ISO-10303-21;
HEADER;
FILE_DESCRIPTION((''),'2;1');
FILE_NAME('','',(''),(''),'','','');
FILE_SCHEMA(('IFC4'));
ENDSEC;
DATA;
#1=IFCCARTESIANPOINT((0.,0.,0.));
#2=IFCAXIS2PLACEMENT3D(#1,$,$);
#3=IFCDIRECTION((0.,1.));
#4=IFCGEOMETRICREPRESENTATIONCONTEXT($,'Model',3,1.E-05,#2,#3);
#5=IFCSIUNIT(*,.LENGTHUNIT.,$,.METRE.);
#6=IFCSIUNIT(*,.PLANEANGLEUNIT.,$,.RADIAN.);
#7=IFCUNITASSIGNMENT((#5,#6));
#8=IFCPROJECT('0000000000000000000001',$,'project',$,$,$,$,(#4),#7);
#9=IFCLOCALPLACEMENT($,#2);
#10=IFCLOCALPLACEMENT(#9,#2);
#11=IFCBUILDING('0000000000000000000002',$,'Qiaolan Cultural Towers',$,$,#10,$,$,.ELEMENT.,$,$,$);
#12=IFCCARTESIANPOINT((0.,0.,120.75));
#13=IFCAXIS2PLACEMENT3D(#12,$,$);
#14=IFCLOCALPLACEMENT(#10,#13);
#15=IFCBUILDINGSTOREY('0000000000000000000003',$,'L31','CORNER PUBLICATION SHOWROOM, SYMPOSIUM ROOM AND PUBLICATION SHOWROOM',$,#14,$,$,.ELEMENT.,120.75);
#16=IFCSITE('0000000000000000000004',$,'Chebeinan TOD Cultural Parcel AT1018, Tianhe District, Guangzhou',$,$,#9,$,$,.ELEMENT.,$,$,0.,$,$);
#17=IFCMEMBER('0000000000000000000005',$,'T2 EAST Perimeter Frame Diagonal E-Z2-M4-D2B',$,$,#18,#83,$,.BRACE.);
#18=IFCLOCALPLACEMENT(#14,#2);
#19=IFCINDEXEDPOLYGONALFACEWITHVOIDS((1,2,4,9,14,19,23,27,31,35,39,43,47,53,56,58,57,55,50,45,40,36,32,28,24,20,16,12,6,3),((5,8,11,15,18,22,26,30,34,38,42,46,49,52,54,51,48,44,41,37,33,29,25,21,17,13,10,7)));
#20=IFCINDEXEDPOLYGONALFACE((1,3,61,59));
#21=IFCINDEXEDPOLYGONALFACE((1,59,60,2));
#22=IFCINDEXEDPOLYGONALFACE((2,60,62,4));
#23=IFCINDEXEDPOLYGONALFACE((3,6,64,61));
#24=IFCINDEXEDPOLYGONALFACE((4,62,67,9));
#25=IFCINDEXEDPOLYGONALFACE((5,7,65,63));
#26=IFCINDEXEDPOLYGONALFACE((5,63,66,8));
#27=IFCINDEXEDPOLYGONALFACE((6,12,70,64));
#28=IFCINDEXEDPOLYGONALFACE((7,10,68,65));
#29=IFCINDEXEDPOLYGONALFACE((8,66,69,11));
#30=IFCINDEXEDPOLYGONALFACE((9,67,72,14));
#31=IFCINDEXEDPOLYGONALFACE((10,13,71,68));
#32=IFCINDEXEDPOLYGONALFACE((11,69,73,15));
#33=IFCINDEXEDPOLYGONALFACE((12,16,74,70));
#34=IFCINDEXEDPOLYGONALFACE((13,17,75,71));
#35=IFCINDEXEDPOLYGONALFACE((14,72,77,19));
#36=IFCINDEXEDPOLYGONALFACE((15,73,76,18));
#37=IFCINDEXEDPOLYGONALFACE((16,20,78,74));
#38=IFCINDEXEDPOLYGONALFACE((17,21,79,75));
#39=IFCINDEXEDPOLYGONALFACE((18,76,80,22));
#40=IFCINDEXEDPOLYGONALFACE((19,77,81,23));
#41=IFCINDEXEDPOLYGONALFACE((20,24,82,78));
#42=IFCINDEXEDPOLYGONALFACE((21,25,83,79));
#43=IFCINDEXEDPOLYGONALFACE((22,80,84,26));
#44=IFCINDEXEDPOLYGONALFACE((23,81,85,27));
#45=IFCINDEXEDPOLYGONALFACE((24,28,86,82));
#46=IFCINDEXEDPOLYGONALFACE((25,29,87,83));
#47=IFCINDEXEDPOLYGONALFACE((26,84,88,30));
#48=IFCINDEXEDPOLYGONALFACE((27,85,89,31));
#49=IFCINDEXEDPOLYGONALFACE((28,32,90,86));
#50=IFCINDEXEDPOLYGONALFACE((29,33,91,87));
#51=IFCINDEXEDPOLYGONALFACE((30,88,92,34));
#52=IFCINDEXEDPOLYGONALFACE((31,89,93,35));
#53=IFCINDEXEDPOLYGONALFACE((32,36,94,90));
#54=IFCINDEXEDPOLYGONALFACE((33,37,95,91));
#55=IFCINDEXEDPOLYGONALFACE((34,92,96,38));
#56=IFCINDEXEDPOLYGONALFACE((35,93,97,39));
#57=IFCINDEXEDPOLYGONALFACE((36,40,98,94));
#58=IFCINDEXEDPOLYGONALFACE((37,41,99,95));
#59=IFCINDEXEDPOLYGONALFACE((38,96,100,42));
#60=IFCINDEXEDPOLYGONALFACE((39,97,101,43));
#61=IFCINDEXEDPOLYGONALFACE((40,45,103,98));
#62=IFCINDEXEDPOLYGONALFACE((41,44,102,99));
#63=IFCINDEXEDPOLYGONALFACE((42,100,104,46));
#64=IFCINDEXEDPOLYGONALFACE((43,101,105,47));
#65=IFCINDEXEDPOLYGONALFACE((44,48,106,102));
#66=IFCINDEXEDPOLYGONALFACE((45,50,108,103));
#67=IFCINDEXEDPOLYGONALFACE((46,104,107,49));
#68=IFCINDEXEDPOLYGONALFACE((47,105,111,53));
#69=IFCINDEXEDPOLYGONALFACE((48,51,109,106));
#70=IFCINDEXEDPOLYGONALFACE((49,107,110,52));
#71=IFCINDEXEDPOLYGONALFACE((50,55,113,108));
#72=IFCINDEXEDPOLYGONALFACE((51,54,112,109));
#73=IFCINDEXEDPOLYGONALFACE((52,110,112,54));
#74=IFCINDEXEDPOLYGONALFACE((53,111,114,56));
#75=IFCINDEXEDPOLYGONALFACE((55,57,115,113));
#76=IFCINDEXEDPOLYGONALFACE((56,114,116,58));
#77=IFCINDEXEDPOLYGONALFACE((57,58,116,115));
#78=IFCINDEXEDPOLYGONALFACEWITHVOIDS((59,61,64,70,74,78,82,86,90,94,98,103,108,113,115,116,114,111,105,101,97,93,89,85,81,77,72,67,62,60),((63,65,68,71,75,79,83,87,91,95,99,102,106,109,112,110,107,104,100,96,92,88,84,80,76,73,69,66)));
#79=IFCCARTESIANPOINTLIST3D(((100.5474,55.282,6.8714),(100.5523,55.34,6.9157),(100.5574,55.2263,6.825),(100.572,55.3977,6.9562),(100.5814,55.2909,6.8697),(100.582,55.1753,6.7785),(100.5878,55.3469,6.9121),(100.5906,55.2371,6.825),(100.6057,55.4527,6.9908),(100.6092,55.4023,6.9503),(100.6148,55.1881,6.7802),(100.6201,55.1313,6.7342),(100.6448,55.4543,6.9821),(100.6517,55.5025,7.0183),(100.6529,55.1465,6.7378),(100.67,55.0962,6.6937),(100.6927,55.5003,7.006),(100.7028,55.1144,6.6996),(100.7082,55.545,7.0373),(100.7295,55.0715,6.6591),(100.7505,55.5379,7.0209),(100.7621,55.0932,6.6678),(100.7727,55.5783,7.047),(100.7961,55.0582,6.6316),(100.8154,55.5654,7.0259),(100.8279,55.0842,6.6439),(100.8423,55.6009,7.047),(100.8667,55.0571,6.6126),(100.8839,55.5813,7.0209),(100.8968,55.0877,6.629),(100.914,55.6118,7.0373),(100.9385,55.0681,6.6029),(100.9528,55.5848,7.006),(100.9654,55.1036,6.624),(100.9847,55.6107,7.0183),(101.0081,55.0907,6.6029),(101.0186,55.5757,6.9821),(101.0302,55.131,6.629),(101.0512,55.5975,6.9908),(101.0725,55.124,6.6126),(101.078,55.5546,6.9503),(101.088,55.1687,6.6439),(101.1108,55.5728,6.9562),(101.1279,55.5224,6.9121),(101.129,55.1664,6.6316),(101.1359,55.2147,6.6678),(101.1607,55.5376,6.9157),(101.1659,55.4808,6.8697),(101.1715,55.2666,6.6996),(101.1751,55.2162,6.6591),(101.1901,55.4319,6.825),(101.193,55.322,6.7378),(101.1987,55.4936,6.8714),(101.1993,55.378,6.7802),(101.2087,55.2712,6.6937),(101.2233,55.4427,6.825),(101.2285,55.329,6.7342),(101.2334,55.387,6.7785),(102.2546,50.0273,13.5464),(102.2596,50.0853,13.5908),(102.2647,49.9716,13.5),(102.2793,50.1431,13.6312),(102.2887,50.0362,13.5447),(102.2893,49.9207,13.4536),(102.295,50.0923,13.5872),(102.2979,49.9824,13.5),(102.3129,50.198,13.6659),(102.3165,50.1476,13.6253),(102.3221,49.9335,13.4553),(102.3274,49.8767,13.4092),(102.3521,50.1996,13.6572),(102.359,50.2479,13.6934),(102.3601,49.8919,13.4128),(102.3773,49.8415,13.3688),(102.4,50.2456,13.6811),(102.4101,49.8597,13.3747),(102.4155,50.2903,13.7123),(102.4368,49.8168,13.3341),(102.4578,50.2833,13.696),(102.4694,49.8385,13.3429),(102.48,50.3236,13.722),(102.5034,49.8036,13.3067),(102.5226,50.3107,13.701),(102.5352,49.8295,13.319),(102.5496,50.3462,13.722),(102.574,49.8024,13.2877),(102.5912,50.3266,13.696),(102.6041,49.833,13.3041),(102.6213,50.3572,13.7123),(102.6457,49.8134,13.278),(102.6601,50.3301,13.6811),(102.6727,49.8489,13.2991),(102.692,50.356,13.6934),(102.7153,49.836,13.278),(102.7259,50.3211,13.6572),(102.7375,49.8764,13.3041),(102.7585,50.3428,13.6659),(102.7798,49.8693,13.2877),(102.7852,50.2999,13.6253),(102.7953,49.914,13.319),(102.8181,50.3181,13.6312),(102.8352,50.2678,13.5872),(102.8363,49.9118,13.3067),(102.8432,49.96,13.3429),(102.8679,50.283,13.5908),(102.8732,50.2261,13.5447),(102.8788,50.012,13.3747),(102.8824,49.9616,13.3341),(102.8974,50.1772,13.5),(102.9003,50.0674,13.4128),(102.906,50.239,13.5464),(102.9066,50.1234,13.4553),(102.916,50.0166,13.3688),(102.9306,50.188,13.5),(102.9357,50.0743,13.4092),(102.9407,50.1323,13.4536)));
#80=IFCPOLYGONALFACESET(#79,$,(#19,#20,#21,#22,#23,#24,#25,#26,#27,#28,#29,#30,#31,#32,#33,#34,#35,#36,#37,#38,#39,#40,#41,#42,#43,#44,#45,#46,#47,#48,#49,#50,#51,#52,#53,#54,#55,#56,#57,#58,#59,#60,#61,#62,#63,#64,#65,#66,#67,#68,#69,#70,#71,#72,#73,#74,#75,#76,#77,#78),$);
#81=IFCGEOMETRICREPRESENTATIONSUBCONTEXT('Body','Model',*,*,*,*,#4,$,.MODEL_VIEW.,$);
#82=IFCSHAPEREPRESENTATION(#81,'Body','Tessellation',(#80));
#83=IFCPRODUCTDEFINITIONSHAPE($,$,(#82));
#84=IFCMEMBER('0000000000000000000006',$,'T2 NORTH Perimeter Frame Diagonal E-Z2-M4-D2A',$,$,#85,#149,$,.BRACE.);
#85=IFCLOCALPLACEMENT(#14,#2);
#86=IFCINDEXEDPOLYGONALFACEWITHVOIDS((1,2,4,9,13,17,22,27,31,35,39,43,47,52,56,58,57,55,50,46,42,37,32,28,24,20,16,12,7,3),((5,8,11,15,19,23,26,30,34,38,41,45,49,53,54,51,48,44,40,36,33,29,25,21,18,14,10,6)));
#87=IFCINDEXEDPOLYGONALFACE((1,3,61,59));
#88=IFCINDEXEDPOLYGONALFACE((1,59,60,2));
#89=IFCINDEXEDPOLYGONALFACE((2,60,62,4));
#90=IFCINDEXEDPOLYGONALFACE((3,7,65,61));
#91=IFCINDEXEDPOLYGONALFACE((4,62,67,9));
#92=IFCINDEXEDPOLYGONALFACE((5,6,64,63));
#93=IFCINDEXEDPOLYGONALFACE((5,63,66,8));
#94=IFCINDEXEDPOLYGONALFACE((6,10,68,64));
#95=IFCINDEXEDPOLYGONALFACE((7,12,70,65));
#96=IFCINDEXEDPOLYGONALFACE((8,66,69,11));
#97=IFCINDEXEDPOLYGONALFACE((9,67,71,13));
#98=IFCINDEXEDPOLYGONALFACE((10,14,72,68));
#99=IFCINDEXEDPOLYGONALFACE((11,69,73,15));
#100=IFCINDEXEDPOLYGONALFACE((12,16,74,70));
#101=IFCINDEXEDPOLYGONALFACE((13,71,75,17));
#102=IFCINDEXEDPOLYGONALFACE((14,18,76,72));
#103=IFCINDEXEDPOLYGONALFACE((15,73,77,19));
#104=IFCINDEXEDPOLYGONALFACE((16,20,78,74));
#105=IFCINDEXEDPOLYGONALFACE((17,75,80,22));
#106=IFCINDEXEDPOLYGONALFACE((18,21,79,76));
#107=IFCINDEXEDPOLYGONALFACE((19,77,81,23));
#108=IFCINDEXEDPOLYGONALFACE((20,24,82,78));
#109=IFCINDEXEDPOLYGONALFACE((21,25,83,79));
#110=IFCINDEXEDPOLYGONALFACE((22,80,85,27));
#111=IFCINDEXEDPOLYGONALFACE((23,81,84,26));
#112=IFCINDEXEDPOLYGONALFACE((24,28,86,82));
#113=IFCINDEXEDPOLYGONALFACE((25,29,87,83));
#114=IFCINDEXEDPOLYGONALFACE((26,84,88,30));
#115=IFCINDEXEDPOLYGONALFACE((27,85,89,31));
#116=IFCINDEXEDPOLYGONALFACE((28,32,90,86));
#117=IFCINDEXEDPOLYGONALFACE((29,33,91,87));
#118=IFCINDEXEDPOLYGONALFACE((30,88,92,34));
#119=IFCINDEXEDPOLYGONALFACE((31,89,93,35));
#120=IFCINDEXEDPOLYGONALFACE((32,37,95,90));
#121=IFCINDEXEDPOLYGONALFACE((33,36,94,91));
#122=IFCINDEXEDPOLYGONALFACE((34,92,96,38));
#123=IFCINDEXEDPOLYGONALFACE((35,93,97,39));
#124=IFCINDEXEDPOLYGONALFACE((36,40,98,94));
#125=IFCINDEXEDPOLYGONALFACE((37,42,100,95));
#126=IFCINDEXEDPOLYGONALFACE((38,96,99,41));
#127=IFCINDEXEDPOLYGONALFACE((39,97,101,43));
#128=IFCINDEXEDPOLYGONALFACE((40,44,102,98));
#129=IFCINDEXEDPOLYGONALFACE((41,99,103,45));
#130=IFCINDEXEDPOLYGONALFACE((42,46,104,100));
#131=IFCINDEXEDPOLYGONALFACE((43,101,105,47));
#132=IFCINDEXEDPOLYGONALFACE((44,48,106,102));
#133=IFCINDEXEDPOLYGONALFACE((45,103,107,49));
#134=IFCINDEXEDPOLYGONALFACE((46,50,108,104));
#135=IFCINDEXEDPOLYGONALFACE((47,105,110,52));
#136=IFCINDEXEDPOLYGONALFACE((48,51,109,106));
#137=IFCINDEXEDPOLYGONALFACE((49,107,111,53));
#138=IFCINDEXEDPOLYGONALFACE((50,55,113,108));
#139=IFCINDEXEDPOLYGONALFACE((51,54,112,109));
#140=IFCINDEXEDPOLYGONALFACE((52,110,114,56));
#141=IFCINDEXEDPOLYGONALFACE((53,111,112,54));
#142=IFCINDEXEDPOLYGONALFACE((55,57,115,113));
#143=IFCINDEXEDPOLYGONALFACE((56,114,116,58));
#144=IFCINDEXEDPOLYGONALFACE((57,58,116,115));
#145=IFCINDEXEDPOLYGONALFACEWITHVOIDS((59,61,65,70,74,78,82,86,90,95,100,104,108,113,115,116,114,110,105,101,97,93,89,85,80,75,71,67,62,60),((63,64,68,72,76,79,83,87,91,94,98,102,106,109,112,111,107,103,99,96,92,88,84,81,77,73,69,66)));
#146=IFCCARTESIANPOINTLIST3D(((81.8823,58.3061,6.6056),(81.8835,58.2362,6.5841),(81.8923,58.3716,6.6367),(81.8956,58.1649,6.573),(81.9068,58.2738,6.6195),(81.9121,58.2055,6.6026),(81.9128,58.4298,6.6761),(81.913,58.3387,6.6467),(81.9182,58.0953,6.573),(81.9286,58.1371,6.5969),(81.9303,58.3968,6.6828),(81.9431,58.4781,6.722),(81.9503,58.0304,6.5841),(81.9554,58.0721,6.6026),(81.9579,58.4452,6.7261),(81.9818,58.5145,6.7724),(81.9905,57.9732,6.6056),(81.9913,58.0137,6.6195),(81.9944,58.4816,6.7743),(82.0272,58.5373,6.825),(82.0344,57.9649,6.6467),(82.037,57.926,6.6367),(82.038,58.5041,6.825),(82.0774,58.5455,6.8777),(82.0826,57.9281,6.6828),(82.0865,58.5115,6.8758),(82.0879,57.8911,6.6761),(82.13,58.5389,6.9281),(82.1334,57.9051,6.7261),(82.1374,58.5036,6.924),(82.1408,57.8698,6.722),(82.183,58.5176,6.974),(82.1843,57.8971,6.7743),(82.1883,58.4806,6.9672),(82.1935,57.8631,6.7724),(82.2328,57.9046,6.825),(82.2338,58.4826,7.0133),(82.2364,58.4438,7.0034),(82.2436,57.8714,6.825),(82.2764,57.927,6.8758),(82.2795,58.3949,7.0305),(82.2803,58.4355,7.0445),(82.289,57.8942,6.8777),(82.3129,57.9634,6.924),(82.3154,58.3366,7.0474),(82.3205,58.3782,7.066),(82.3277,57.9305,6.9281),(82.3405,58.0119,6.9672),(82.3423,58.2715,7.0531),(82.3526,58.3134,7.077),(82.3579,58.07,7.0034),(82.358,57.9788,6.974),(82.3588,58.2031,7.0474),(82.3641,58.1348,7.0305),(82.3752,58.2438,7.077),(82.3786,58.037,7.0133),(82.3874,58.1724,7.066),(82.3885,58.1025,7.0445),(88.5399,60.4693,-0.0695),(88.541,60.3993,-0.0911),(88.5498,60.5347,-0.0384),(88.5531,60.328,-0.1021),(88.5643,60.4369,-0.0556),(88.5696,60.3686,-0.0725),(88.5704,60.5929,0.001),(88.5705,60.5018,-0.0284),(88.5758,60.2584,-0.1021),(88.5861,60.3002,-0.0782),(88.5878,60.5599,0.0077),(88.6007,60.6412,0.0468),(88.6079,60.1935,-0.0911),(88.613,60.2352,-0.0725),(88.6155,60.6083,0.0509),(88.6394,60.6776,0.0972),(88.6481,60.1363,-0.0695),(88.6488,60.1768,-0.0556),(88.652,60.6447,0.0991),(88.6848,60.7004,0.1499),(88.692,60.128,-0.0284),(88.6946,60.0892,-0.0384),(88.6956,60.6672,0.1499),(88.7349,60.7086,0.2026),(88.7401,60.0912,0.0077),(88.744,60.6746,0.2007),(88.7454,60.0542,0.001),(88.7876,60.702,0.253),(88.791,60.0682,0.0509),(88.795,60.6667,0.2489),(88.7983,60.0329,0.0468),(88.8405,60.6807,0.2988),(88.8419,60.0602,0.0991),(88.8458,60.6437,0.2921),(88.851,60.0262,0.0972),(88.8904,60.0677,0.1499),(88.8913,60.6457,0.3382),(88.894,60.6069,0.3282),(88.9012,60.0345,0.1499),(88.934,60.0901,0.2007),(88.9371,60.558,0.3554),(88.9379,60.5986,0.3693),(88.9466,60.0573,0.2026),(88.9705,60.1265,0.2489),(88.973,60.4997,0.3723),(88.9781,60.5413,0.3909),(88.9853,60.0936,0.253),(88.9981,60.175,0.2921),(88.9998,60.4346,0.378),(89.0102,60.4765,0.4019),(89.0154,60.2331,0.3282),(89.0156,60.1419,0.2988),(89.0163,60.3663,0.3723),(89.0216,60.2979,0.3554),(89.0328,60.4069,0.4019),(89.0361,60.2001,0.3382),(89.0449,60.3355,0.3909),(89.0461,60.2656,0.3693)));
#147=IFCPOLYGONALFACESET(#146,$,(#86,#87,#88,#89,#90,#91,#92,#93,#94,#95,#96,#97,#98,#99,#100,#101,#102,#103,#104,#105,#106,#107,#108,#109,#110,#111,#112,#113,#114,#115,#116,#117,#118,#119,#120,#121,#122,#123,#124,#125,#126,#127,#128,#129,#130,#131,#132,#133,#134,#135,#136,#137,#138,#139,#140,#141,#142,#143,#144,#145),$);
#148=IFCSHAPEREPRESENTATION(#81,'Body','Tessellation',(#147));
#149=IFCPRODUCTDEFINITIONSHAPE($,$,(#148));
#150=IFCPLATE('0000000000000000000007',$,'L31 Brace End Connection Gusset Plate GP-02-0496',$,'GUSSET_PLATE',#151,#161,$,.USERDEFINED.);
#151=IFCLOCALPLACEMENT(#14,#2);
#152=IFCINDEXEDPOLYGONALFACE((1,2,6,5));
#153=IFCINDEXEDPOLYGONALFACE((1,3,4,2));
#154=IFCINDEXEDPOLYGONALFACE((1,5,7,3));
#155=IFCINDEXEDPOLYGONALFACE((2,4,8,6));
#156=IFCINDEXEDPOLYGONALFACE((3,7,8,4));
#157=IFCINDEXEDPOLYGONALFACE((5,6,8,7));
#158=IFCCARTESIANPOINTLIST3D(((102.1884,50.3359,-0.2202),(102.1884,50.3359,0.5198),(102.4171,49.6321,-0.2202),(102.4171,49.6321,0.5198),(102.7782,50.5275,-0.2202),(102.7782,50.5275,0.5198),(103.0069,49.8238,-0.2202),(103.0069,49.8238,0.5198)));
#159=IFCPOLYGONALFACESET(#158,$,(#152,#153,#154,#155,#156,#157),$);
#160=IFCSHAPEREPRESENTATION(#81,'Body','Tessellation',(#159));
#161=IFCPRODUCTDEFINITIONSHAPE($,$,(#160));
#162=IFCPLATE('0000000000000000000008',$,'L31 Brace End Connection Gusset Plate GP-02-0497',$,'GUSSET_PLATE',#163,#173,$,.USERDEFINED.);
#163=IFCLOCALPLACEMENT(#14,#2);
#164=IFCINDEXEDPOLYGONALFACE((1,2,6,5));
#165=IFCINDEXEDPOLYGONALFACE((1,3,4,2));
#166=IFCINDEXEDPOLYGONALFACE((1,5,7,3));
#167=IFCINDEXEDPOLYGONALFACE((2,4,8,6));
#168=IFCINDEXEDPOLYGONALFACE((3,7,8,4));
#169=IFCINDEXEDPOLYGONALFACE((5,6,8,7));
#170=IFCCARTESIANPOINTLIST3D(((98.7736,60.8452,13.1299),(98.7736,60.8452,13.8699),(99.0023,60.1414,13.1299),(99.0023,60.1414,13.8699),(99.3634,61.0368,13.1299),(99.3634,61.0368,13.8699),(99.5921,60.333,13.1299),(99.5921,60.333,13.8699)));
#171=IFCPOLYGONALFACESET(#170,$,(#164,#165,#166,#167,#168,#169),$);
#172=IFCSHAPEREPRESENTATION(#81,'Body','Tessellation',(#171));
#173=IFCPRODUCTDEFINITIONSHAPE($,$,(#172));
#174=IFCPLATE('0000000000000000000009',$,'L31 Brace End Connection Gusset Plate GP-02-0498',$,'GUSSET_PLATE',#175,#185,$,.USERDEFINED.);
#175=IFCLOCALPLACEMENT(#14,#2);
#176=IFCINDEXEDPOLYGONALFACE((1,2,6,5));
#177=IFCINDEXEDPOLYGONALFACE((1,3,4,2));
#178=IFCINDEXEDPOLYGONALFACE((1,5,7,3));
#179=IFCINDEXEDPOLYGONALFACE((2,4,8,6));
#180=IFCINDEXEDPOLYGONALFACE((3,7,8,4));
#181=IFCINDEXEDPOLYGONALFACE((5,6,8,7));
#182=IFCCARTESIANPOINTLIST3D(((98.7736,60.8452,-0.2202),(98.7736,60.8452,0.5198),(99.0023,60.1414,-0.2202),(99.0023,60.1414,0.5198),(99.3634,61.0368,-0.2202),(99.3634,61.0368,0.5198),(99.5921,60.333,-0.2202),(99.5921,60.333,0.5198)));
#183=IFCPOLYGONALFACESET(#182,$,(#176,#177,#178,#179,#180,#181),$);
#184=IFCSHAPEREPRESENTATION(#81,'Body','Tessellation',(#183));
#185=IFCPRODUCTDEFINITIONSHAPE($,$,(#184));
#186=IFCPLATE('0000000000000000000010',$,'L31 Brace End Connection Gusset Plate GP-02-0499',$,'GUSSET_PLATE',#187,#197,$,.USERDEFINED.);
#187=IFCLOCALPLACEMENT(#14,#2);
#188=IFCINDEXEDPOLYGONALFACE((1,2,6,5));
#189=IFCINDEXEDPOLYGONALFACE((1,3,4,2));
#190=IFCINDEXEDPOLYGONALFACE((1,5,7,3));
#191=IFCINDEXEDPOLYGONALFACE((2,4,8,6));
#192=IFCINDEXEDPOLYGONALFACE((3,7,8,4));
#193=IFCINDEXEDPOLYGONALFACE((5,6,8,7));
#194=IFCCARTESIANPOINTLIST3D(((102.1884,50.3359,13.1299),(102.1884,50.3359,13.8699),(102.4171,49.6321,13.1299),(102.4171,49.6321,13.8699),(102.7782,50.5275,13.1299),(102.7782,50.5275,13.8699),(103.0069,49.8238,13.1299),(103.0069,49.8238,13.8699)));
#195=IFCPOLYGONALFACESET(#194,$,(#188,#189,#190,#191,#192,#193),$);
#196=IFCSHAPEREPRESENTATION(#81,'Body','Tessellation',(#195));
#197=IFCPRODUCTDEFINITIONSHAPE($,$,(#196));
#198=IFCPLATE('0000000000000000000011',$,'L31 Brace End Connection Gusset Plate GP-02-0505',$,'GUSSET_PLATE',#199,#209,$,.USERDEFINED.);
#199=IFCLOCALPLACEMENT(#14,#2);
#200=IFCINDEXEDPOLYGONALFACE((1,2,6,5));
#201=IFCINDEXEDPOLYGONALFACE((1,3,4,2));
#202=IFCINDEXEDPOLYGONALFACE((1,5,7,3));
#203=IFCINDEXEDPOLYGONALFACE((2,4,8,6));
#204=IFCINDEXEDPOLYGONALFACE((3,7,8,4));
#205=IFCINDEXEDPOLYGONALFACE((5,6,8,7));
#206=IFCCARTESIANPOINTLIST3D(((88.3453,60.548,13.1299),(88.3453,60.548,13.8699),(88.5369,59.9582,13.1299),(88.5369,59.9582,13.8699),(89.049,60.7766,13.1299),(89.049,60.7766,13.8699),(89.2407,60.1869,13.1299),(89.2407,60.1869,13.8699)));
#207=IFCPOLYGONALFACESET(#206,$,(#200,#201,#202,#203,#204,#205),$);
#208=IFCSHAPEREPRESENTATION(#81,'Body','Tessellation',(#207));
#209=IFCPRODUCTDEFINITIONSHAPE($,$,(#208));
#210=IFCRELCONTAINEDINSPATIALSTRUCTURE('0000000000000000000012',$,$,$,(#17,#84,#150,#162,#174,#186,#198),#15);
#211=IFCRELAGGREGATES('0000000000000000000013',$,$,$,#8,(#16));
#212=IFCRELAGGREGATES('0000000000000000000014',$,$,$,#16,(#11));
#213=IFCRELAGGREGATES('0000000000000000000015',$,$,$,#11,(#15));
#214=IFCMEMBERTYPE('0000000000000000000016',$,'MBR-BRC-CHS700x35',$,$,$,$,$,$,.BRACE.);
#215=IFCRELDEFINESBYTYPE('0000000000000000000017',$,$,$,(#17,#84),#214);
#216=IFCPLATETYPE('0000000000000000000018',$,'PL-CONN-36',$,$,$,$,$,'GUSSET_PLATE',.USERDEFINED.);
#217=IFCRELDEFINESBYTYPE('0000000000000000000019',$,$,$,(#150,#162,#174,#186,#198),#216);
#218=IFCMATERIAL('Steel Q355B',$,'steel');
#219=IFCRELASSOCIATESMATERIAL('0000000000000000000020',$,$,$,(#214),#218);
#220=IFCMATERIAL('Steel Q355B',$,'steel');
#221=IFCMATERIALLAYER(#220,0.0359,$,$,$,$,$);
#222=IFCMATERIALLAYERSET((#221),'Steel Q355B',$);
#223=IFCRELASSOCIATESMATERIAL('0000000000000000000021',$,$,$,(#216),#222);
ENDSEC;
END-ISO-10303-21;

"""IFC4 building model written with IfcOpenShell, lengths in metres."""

from ifc_helpers import new_model, si_unit, direction, frame, origin, origin_2d, place, context, subcontext, project, spatial, rectangle, hollow_circle, extrude, material, layer, layer_set, material_profile, profile_set, type_object, element, save


model = new_model("IFC4")

# Units and contexts
model_context = context("Model", 3, precision=1e-05, world=origin(), true_north=direction((0.0, 1.0)))
body_context = subcontext(model_context, "Body", "Model", "MODEL_VIEW")
ifc_project = project(units=[si_unit("LENGTHUNIT", "METRE"), si_unit("PLANEANGLEUNIT", "RADIAN")], contexts=[model_context])

# Site, building, storey
site_placement = place(None, origin())
site = spatial("IfcSite", under=ifc_project, at=site_placement, Name="Chebeinan TOD Cultural Parcel AT1018, Tianhe District, Guangzhou", CompositionType="ELEMENT", RefElevation=0.0)
building_placement = place(site_placement, origin())
building = spatial("IfcBuilding", under=site, at=building_placement, Name="Qiaolan Cultural Towers", CompositionType="ELEMENT")
storey_placement = place(building_placement, frame((0.0, 0.0, 120.75)))
storey = spatial("IfcBuildingStorey", under=building, at=storey_placement, Name="L31", Description="CORNER PUBLICATION SHOWROOM, SYMPOSIUM ROOM AND PUBLICATION SHOWROOM", CompositionType="ELEMENT", Elevation=120.75)

# Members
ifc_material_1 = material(Name="Steel Q355B", Category="steel")
ifc_material_profile_1 = material_profile(ifc_material_1, hollow_circle(Radius=0.3501, WallThickness=0.0349, at=origin_2d()), Name="CHS700x35")
ifc_profile_set_1 = profile_set([ifc_material_profile_1], Name="Steel Q355B")
member_type = type_object("IfcMemberType", Name="MBR-BRC-CHS700x35", PredefinedType="BRACE", material=ifc_profile_set_1)
for number, where, z_axis, x_axis, name in (
    (1, (100.8904, 55.3345, 6.825), (0.197031, -0.606421, 0.770346), (0.95106, 0.309007, 0.0), "T2 EAST Perimeter Frame Diagonal E-Z2-M4-D2B"),
):
    element("IfcMember", number, at=place(storey_placement, frame(where, z_axis=z_axis, x_axis=x_axis)), inside=storey, type_object=member_type, Name=name, PredefinedType="BRACE", context=body_context, shape_type="SweptSolid", body=[
        extrude(hollow_circle(Radius=0.3501, WallThickness=0.0349, at=origin_2d()), origin(), (0.0, 0.0, 1.0), 8.665),
    ])
member_placement = place(storey_placement, frame((88.793, 60.3674, 0.1499), z_axis=(-0.688289, -0.223633, 0.690106), x_axis=(0.30901, -0.951059, 0.0)))
element("IfcMember", 2, at=member_placement, inside=storey, type_object=member_type, Name="T2 NORTH Perimeter Frame Diagonal E-Z2-M4-D2A", PredefinedType="BRACE", context=body_context, shape_type="SweptSolid", body=[
    extrude(hollow_circle(Radius=0.3501, WallThickness=0.0349, at=origin_2d()), origin(), (0.0, 0.0, 1.0), 9.6726),
])

# Plates
ifc_material_2 = material(Name="Steel Q355B", Category="steel")
ifc_layer_1 = layer(ifc_material_2, 0.0359)
ifc_layer_set_1 = layer_set([ifc_layer_1], Name="Steel Q355B")
plate_type_1 = type_object("IfcPlateType", Name="PL-CONN-36", ElementType="GUSSET_PLATE", PredefinedType="USERDEFINED", material=ifc_layer_set_1)
for number, where, z_axis, x_axis, name in (
    (3, (102.5977, 50.0798, -0.2202), (0.0, 0.0, 1.0), (-0.309017, 0.951057, 0.0), "L31 Brace End Connection Gusset Plate GP-02-0496"),
    (4, (99.1829, 60.5891, 13.1299), (0.0, 0.0, 1.0), (-0.309017, 0.951057, 0.0), "L31 Brace End Connection Gusset Plate GP-02-0497"),
    (5, (99.1829, 60.5891, -0.2202), (0.0, 0.0, 1.0), (-0.309017, 0.951057, 0.0), "L31 Brace End Connection Gusset Plate GP-02-0498"),
    (6, (102.5977, 50.0798, 13.1299), (0.0, 0.0, 1.0), (-0.309017, 0.951057, 0.0), "L31 Brace End Connection Gusset Plate GP-02-0499"),
    (7, (88.793, 60.3674, 13.1299), (0.0, 0.0, 1.0), (0.951057, 0.309017, 0.0), "L31 Brace End Connection Gusset Plate GP-02-0505"),
):
    element("IfcPlate", number, at=place(storey_placement, frame(where, z_axis=z_axis, x_axis=x_axis)), inside=storey, type_object=plate_type_1, Name=name, ObjectType="GUSSET_PLATE", PredefinedType="USERDEFINED", context=body_context, shape_type="SweptSolid", body=[
        extrude(rectangle(XDim=0.74, YDim=0.6201, at=origin_2d()), origin(), (0.0, 0.0, 1.0), 0.74),
    ])

save(model, "model.ifc")
